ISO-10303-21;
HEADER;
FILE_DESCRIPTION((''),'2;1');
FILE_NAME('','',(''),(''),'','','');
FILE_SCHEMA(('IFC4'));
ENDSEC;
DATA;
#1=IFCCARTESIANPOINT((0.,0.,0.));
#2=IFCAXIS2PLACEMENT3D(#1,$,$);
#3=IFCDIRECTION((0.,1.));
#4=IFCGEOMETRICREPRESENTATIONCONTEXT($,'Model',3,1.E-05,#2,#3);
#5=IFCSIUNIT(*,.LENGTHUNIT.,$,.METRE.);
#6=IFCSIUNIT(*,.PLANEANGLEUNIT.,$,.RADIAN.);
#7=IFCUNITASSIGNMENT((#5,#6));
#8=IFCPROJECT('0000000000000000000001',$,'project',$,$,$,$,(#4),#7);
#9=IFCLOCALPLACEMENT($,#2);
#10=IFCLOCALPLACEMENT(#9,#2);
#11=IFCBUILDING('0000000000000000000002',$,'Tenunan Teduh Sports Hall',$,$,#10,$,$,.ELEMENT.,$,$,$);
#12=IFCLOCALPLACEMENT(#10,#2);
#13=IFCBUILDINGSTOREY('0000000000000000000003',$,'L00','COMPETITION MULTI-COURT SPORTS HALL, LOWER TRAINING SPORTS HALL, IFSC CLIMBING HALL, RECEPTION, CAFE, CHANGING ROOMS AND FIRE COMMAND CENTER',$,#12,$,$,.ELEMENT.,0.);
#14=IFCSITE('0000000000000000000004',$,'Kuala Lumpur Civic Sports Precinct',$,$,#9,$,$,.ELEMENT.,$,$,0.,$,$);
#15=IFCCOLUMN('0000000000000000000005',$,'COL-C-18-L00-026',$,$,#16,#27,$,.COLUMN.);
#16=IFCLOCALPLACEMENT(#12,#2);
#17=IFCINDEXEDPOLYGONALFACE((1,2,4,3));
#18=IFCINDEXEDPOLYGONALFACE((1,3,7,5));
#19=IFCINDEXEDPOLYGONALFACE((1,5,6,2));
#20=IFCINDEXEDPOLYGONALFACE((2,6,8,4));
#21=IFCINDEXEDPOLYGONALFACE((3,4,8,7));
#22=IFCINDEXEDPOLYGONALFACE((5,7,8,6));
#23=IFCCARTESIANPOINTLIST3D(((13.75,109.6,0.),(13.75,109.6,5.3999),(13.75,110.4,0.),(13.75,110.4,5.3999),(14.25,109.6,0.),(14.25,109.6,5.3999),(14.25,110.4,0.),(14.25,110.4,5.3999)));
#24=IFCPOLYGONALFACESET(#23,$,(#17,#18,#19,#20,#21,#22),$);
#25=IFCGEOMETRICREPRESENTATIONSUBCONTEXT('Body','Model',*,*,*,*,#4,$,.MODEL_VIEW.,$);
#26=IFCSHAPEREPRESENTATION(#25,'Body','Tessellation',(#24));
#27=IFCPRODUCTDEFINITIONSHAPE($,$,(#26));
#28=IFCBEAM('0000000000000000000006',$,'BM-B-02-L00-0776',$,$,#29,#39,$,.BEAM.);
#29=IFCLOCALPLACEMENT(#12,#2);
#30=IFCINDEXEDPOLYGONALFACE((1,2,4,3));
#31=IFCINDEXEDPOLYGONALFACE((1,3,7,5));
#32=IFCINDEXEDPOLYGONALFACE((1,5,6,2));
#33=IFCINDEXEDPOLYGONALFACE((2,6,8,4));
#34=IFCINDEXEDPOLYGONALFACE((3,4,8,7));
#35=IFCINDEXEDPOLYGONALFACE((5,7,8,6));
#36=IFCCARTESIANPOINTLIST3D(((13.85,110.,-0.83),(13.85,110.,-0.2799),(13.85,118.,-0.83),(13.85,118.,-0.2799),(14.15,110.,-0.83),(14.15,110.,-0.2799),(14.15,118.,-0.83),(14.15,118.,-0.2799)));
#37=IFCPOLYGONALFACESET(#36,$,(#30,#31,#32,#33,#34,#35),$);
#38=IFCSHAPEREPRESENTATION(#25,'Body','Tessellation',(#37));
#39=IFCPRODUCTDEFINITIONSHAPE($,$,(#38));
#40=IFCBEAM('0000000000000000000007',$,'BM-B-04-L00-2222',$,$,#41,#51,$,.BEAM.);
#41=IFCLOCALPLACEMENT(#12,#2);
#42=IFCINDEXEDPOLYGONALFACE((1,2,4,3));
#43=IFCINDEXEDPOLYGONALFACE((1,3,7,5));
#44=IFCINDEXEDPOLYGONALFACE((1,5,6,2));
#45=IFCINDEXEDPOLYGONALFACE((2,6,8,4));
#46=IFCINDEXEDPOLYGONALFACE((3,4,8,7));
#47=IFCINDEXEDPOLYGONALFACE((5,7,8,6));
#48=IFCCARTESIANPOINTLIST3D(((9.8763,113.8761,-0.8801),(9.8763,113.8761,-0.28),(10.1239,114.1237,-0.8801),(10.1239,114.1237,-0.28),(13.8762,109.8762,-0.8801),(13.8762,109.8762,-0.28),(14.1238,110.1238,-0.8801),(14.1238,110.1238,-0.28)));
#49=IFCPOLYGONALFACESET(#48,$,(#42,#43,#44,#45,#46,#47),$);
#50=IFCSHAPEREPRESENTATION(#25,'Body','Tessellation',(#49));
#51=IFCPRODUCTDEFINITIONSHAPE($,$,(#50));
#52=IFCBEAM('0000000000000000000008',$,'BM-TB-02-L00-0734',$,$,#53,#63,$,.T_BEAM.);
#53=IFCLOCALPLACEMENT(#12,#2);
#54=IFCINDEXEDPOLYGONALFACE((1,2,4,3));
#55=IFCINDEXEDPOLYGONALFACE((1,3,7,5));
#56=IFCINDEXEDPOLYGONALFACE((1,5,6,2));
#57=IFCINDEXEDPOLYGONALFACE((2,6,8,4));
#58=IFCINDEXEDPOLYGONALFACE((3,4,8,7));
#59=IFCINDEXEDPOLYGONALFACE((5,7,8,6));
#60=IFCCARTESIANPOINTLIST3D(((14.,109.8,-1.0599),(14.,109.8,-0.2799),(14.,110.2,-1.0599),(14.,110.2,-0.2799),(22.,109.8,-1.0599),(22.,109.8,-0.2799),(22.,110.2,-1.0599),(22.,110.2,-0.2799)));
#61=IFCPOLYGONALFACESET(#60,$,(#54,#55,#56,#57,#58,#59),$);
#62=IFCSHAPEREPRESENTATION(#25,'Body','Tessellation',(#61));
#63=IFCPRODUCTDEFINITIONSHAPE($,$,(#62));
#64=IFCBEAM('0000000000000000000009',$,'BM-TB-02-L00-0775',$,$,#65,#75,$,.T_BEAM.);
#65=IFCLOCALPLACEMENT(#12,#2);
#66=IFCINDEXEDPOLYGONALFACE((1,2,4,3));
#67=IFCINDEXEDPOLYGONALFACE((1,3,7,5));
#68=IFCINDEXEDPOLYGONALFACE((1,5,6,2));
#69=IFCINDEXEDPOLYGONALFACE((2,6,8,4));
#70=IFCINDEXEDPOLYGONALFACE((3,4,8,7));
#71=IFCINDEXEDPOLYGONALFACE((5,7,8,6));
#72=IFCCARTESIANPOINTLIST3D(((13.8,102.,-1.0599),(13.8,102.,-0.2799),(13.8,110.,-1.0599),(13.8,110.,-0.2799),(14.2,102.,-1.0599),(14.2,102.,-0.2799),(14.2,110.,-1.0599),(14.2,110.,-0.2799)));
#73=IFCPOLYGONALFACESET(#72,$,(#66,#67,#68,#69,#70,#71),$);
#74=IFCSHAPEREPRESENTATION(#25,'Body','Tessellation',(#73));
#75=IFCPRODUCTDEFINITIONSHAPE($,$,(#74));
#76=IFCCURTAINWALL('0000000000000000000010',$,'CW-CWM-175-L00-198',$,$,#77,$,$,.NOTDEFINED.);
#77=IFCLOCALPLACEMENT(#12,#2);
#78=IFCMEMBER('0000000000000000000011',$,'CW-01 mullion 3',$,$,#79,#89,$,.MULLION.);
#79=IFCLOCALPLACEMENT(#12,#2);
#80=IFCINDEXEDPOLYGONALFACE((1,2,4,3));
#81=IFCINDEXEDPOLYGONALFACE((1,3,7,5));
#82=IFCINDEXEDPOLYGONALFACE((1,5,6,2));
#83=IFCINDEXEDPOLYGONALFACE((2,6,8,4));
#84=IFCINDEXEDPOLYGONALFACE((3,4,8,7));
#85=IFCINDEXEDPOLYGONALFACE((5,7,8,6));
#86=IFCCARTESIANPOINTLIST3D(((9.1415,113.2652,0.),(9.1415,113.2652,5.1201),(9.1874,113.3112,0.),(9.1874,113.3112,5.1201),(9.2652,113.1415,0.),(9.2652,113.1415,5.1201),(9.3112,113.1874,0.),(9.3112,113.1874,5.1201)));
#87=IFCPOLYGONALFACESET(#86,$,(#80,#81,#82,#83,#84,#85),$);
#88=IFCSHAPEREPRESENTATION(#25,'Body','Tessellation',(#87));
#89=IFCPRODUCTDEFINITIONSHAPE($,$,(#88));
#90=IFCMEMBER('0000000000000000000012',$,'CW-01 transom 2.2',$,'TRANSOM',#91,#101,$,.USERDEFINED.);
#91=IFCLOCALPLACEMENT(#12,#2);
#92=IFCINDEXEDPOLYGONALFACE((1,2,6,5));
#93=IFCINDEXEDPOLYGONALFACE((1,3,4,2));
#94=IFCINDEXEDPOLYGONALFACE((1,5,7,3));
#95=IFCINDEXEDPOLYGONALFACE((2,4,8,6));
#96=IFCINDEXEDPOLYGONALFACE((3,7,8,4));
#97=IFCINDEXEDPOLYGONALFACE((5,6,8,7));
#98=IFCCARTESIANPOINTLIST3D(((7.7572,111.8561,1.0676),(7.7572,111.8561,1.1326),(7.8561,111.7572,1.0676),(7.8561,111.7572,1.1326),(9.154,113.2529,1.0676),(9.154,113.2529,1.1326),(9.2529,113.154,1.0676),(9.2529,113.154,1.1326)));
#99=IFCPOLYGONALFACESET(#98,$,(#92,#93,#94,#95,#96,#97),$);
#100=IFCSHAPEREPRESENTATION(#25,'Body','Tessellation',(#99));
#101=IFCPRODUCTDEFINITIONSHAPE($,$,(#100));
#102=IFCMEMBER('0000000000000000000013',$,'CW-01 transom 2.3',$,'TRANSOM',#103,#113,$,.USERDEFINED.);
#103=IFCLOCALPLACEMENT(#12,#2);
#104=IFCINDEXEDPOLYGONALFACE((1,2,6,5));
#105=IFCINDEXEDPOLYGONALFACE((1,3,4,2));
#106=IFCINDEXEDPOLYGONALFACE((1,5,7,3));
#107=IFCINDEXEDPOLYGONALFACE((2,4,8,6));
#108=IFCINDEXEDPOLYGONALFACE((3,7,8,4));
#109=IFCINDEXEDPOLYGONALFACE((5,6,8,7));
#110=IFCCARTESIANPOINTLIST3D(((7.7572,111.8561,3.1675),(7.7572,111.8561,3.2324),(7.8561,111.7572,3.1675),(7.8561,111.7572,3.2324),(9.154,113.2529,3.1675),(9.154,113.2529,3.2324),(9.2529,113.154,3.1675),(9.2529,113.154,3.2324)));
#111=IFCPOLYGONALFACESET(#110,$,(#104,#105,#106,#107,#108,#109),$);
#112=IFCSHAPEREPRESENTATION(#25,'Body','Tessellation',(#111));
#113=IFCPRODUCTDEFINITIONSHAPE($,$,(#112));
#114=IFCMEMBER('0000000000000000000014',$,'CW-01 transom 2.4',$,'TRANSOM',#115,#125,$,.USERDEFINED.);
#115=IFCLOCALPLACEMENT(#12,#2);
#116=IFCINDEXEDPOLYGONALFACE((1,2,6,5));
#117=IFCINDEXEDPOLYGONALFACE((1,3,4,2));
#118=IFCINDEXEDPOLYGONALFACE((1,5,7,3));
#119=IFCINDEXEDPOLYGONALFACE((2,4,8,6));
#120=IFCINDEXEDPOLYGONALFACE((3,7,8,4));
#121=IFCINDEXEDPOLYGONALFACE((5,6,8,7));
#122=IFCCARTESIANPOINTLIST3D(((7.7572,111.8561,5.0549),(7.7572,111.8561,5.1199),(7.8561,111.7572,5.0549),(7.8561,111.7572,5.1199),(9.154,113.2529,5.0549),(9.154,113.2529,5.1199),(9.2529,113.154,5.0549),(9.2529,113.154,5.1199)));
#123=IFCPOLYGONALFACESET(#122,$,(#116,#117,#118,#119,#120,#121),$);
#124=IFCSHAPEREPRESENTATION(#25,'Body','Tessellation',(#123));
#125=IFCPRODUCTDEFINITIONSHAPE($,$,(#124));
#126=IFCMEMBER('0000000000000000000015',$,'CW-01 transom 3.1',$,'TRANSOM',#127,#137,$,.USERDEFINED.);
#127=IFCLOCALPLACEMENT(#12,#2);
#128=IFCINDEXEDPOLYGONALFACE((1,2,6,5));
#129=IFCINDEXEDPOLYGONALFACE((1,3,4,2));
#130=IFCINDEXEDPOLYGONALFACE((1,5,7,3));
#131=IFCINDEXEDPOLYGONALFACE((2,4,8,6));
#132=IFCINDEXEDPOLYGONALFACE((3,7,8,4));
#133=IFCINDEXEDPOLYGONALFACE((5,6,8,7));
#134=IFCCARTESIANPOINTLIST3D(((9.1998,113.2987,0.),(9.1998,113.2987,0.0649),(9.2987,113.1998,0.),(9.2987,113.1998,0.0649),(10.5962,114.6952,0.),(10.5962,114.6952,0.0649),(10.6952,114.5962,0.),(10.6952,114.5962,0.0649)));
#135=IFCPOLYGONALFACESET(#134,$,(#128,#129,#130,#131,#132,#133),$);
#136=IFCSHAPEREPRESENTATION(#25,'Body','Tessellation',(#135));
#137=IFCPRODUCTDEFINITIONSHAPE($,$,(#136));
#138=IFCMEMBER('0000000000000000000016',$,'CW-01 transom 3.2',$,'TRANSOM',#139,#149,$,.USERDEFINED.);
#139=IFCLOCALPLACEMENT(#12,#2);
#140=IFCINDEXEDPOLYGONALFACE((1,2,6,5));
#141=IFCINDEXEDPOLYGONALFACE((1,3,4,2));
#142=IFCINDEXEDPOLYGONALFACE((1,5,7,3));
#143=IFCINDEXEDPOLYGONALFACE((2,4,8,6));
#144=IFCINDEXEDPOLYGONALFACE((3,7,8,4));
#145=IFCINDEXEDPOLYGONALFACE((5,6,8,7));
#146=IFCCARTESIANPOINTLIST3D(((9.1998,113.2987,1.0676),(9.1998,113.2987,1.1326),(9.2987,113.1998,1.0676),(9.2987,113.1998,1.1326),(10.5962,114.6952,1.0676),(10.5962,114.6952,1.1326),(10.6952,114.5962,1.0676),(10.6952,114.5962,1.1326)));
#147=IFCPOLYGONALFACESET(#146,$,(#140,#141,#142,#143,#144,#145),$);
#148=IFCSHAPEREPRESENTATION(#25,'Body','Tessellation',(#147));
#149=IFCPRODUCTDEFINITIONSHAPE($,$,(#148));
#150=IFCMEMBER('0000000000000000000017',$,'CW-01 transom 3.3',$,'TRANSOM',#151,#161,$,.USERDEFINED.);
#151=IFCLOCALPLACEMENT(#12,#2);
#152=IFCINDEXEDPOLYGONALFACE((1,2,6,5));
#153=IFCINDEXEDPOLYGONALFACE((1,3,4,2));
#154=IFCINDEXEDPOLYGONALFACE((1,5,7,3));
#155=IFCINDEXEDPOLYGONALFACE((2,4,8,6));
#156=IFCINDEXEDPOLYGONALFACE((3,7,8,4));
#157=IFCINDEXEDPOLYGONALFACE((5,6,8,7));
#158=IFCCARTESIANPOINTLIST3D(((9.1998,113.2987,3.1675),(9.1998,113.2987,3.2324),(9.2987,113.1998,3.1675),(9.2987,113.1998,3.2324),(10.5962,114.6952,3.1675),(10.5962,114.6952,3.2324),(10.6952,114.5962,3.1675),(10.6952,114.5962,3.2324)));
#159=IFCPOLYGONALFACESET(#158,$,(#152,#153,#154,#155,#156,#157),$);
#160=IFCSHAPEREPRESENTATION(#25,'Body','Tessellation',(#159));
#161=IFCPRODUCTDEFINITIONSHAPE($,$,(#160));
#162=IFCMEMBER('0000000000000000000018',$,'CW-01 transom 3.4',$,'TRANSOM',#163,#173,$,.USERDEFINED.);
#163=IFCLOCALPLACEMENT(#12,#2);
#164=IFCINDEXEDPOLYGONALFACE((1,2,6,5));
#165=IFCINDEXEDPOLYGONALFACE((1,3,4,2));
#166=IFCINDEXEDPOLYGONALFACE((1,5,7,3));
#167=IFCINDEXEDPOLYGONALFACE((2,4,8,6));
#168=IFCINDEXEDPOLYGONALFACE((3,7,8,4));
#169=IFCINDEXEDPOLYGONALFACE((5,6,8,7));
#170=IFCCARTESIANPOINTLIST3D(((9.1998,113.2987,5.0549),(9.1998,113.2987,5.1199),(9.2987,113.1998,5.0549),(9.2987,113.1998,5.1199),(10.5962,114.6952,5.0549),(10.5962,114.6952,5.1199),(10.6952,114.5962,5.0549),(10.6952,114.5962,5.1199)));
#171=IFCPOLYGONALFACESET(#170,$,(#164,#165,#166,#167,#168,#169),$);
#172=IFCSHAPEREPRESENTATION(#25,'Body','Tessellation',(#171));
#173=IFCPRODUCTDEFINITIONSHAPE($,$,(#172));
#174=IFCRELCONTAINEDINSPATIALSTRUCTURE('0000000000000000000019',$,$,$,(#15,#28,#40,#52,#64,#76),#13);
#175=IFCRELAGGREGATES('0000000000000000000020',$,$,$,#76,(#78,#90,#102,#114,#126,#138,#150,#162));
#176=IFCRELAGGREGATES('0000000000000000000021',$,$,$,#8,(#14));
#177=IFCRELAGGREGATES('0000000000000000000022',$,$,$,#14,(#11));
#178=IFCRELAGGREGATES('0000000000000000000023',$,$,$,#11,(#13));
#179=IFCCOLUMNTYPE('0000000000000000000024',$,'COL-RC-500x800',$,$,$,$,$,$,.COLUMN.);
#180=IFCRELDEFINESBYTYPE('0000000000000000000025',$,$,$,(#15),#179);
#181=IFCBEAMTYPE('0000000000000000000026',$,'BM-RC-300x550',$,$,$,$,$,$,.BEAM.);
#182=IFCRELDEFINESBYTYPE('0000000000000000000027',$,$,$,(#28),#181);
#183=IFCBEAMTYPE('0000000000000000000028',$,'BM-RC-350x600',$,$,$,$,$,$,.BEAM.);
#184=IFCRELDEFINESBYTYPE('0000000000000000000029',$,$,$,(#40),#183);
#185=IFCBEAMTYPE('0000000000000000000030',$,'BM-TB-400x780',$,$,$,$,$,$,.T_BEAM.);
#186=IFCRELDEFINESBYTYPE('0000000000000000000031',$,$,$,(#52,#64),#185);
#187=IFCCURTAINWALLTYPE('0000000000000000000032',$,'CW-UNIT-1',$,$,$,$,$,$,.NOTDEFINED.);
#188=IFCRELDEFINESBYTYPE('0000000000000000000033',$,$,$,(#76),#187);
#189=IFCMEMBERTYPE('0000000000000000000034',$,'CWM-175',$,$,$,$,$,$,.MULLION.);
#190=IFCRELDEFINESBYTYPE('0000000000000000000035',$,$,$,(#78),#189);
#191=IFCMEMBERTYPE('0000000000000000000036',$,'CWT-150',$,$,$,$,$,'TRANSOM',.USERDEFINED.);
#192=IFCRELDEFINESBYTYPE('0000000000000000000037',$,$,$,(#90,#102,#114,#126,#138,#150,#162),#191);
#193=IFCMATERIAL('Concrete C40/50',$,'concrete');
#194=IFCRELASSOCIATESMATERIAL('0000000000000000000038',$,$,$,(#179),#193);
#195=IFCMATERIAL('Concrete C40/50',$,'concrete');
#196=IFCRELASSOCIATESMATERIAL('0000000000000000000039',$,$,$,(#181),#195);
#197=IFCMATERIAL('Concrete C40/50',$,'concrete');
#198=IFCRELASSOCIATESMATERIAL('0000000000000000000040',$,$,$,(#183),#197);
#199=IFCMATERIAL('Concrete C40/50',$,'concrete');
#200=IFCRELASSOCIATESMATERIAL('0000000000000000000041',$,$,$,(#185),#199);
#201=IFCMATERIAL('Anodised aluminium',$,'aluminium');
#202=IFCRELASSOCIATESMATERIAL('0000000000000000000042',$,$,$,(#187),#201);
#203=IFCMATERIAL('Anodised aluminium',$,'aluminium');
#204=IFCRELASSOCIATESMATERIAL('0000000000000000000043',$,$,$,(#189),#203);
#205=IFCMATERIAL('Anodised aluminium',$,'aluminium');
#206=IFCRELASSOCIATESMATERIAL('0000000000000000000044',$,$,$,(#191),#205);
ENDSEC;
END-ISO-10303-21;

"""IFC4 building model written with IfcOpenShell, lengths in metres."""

from ifc_helpers import new_model, si_unit, direction, frame, origin, origin_2d, place, context, subcontext, project, spatial, rectangle, extrude, material, material_profile, profile_set, type_object, element, aggregate, save


model = new_model("IFC4")

# Units and contexts
model_context = context("Model", 3, precision=1e-05, world=origin(), true_north=direction((0.0, 1.0)))
body_context = subcontext(model_context, "Body", "Model", "MODEL_VIEW")
ifc_project = project(units=[si_unit("LENGTHUNIT", "METRE"), si_unit("PLANEANGLEUNIT", "RADIAN")], contexts=[model_context])

# Site, building, storey
site_placement = place(None, origin())
site = spatial("IfcSite", under=ifc_project, at=site_placement, Name="Kuala Lumpur Civic Sports Precinct", CompositionType="ELEMENT", RefElevation=0.0)
building_placement = place(site_placement, origin())
building = spatial("IfcBuilding", under=site, at=building_placement, Name="Tenunan Teduh Sports Hall", CompositionType="ELEMENT")
storey_placement = place(building_placement, origin())
storey = spatial("IfcBuildingStorey", under=building, at=storey_placement, Name="L00", Description="COMPETITION MULTI-COURT SPORTS HALL, LOWER TRAINING SPORTS HALL, IFSC CLIMBING HALL, RECEPTION, CAFE, CHANGING ROOMS AND FIRE COMMAND CENTER", CompositionType="ELEMENT", Elevation=0.0)

# Column
ifc_material_1 = material(Name="Concrete C40/50", Category="concrete")
ifc_material_profile_1 = material_profile(ifc_material_1, rectangle(XDim=0.5, YDim=0.8, at=origin_2d()), Name="RC 500x800")
ifc_profile_set_1 = profile_set([ifc_material_profile_1], Name="Concrete C40/50")
column_type = type_object("IfcColumnType", Name="COL-RC-500x800", PredefinedType="COLUMN", material=ifc_profile_set_1)
column_placement = place(storey_placement, frame((14.0, 110.0, 0.0), z_axis=(0.0, 0.0, 1.0), x_axis=(1.0, 0.0, 0.0)))
element("IfcColumn", 1, at=column_placement, inside=storey, type_object=column_type, Name="COL-C-18-L00-026", PredefinedType="COLUMN", context=body_context, shape_type="SweptSolid", body=[
    extrude(rectangle(XDim=0.5, YDim=0.8, at=origin_2d()), origin(), (0.0, 0.0, 1.0), 5.3999),
])

# Beams
ifc_material_2 = material(Name="Concrete C40/50", Category="concrete")
ifc_material_profile_2 = material_profile(ifc_material_2, rectangle(XDim=0.3, YDim=0.55, at=origin_2d()), Name="RCB 300x550")
ifc_profile_set_2 = profile_set([ifc_material_profile_2], Name="Concrete C40/50")
beam_type_1 = type_object("IfcBeamType", Name="BM-RC-300x550", PredefinedType="BEAM", material=ifc_profile_set_2)
beam_1_placement = place(storey_placement, frame((14.0, 110.0, -0.5549), z_axis=(0.0, 1.0, 0.0), x_axis=(-1.0, 0.0, 0.0)))
element("IfcBeam", 2, at=beam_1_placement, inside=storey, type_object=beam_type_1, Name="BM-B-02-L00-0776", PredefinedType="BEAM", context=body_context, shape_type="SweptSolid", body=[
    extrude(rectangle(XDim=0.3, YDim=0.55, at=origin_2d()), origin(), (0.0, 0.0, 1.0), 8.0),
])
ifc_material_3 = material(Name="Concrete C40/50", Category="concrete")
ifc_material_profile_3 = material_profile(ifc_material_3, rectangle(XDim=0.3501, YDim=0.6001, at=origin_2d()), Name="RCB 350x600")
ifc_profile_set_3 = profile_set([ifc_material_profile_3], Name="Concrete C40/50")
beam_type_2 = type_object("IfcBeamType", Name="BM-RC-350x600", PredefinedType="BEAM", material=ifc_profile_set_3)
beam_2_placement = place(storey_placement, frame((14.0, 110.0, -0.5801), z_axis=(-0.707107, 0.707107, 0.0), x_axis=(-0.707107, -0.707107, 0.0)))
element("IfcBeam", 3, at=beam_2_placement, inside=storey, type_object=beam_type_2, Name="BM-B-04-L00-2222", PredefinedType="BEAM", context=body_context, shape_type="SweptSolid", body=[
    extrude(rectangle(XDim=0.3501, YDim=0.6001, at=origin_2d()), origin(), (0.0, 0.0, 1.0), 5.6567),
])
ifc_material_4 = material(Name="Concrete C40/50", Category="concrete")
ifc_material_profile_4 = material_profile(ifc_material_4, rectangle(XDim=0.3999, YDim=0.78, at=origin_2d()), Name="TB 400x780")
ifc_profile_set_4 = profile_set([ifc_material_profile_4], Name="Concrete C40/50")
beam_type_3 = type_object("IfcBeamType", Name="BM-TB-400x780", PredefinedType="T_BEAM", material=ifc_profile_set_4)
for number, where, z_axis, x_axis, name in (
    (4, (14.0, 110.0, -0.6699), (1.0, 0.0, 0.0), (0.0, 1.0, 0.0), "BM-TB-02-L00-0734"),
    (5, (14.0, 102.0, -0.6699), (0.0, 1.0, 0.0), (-1.0, 0.0, 0.0), "BM-TB-02-L00-0775"),
):
    element("IfcBeam", number, at=place(storey_placement, frame(where, z_axis=z_axis, x_axis=x_axis)), inside=storey, type_object=beam_type_3, Name=name, PredefinedType="T_BEAM", context=body_context, shape_type="SweptSolid", body=[
        extrude(rectangle(XDim=0.3999, YDim=0.78, at=origin_2d()), origin(), (0.0, 0.0, 1.0), 8.0),
    ])

# Curtain wall, members
ifc_material_5 = material(Name="Anodised aluminium", Category="aluminium")
curtain_wall_type = type_object("IfcCurtainWallType", Name="CW-UNIT-1", PredefinedType="NOTDEFINED", material=ifc_material_5)
curtain_wall_placement = place(storey_placement, origin())
curtain_wall = element("IfcCurtainWall", 6, at=curtain_wall_placement, inside=storey, type_object=curtain_wall_type, Name="CW-CWM-175-L00-198", PredefinedType="NOTDEFINED")
ifc_material_6 = material(Name="Anodised aluminium", Category="aluminium")
ifc_material_profile_5 = material_profile(ifc_material_6, rectangle(XDim=0.0649, YDim=0.175, at=origin_2d()), Name="CWM 65x175")
ifc_profile_set_5 = profile_set([ifc_material_profile_5], Name="Anodised aluminium")
member_type_1 = type_object("IfcMemberType", Name="CWM-175", PredefinedType="MULLION", material=ifc_profile_set_5)
member_1_placement = place(storey_placement, frame((9.2263, 113.2263, 0.0), z_axis=(0.0, 0.0, 1.0), x_axis=(0.707117, 0.707097, 0.0)))
member_1 = element("IfcMember", 7, at=member_1_placement, type_object=member_type_1, Name="CW-01 mullion 3", PredefinedType="MULLION", context=body_context, shape_type="SweptSolid", body=[
    extrude(rectangle(XDim=0.0649, YDim=0.175, at=origin_2d()), origin(), (0.0, 0.0, 1.0), 5.1201),
])
ifc_material_7 = material(Name="Anodised aluminium", Category="aluminium")
ifc_material_profile_6 = material_profile(ifc_material_7, rectangle(XDim=0.0649, YDim=0.1399, at=origin_2d()), Name="CWT 65x140")
ifc_profile_set_6 = profile_set([ifc_material_profile_6], Name="Anodised aluminium")
member_type_2 = type_object("IfcMemberType", Name="CWT-150", ElementType="TRANSOM", PredefinedType="USERDEFINED", material=ifc_profile_set_6)
member_2_placement = place(storey_placement, frame((7.8066, 111.8066, 1.1001), z_axis=(0.707107, 0.707107, 0.0), x_axis=(0.0, 0.0, 1.0)))
member_2 = element("IfcMember", 8, at=member_2_placement, type_object=member_type_2, Name="CW-01 transom 2.2", ObjectType="TRANSOM", PredefinedType="USERDEFINED", context=body_context, shape_type="SweptSolid", body=[
    extrude(rectangle(XDim=0.0649, YDim=0.1399, at=origin_2d()), origin(), (0.0, 0.0, 1.0), 1.9753),
])
member_3_placement = place(storey_placement, frame((7.8066, 111.8066, 3.2), z_axis=(0.707107, 0.707107, 0.0), x_axis=(0.0, 0.0, 1.0)))
member_3 = element("IfcMember", 9, at=member_3_placement, type_object=member_type_2, Name="CW-01 transom 2.3", ObjectType="TRANSOM", PredefinedType="USERDEFINED", context=body_context, shape_type="SweptSolid", body=[
    extrude(rectangle(XDim=0.0649, YDim=0.1399, at=origin_2d()), origin(), (0.0, 0.0, 1.0), 1.9753),
])
member_4_placement = place(storey_placement, frame((7.8066, 111.8066, 5.0874), z_axis=(0.707107, 0.707107, 0.0), x_axis=(0.0, 0.0, 1.0)))
member_4 = element("IfcMember", 10, at=member_4_placement, type_object=member_type_2, Name="CW-01 transom 2.4", ObjectType="TRANSOM", PredefinedType="USERDEFINED", context=body_context, shape_type="SweptSolid", body=[
    extrude(rectangle(XDim=0.0649, YDim=0.1399, at=origin_2d()), origin(), (0.0, 0.0, 1.0), 1.9753),
])
member_5_placement = place(storey_placement, frame((9.2493, 113.2493, 0.0325), z_axis=(0.707107, 0.707107, 0.0), x_axis=(0.0, 0.0, 1.0)))
member_5 = element("IfcMember", 11, at=member_5_placement, type_object=member_type_2, Name="CW-01 transom 3.1", ObjectType="TRANSOM", PredefinedType="USERDEFINED", context=body_context, shape_type="SweptSolid", body=[
    extrude(rectangle(XDim=0.0649, YDim=0.1399, at=origin_2d()), origin(), (0.0, 0.0, 1.0), 1.9749),
])
member_6_placement = place(storey_placement, frame((9.2493, 113.2493, 1.1001), z_axis=(0.707107, 0.707107, 0.0), x_axis=(0.0, 0.0, 1.0)))
member_6 = element("IfcMember", 12, at=member_6_placement, type_object=member_type_2, Name="CW-01 transom 3.2", ObjectType="TRANSOM", PredefinedType="USERDEFINED", context=body_context, shape_type="SweptSolid", body=[
    extrude(rectangle(XDim=0.0649, YDim=0.1399, at=origin_2d()), origin(), (0.0, 0.0, 1.0), 1.9749),
])
member_7_placement = place(storey_placement, frame((9.2493, 113.2493, 3.2), z_axis=(0.707107, 0.707107, 0.0), x_axis=(0.0, 0.0, 1.0)))
member_7 = element("IfcMember", 13, at=member_7_placement, type_object=member_type_2, Name="CW-01 transom 3.3", ObjectType="TRANSOM", PredefinedType="USERDEFINED", context=body_context, shape_type="SweptSolid", body=[
    extrude(rectangle(XDim=0.0649, YDim=0.1399, at=origin_2d()), origin(), (0.0, 0.0, 1.0), 1.9749),
])
member_8_placement = place(storey_placement, frame((9.2493, 113.2493, 5.0874), z_axis=(0.707107, 0.707107, 0.0), x_axis=(0.0, 0.0, 1.0)))
member_8 = element("IfcMember", 14, at=member_8_placement, type_object=member_type_2, Name="CW-01 transom 3.4", ObjectType="TRANSOM", PredefinedType="USERDEFINED", context=body_context, shape_type="SweptSolid", body=[
    extrude(rectangle(XDim=0.0649, YDim=0.1399, at=origin_2d()), origin(), (0.0, 0.0, 1.0), 1.9749),
])

aggregate(curtain_wall, [member_1, member_2, member_3, member_4, member_5, member_6, member_7, member_8])

save(model, "model.ifc")
